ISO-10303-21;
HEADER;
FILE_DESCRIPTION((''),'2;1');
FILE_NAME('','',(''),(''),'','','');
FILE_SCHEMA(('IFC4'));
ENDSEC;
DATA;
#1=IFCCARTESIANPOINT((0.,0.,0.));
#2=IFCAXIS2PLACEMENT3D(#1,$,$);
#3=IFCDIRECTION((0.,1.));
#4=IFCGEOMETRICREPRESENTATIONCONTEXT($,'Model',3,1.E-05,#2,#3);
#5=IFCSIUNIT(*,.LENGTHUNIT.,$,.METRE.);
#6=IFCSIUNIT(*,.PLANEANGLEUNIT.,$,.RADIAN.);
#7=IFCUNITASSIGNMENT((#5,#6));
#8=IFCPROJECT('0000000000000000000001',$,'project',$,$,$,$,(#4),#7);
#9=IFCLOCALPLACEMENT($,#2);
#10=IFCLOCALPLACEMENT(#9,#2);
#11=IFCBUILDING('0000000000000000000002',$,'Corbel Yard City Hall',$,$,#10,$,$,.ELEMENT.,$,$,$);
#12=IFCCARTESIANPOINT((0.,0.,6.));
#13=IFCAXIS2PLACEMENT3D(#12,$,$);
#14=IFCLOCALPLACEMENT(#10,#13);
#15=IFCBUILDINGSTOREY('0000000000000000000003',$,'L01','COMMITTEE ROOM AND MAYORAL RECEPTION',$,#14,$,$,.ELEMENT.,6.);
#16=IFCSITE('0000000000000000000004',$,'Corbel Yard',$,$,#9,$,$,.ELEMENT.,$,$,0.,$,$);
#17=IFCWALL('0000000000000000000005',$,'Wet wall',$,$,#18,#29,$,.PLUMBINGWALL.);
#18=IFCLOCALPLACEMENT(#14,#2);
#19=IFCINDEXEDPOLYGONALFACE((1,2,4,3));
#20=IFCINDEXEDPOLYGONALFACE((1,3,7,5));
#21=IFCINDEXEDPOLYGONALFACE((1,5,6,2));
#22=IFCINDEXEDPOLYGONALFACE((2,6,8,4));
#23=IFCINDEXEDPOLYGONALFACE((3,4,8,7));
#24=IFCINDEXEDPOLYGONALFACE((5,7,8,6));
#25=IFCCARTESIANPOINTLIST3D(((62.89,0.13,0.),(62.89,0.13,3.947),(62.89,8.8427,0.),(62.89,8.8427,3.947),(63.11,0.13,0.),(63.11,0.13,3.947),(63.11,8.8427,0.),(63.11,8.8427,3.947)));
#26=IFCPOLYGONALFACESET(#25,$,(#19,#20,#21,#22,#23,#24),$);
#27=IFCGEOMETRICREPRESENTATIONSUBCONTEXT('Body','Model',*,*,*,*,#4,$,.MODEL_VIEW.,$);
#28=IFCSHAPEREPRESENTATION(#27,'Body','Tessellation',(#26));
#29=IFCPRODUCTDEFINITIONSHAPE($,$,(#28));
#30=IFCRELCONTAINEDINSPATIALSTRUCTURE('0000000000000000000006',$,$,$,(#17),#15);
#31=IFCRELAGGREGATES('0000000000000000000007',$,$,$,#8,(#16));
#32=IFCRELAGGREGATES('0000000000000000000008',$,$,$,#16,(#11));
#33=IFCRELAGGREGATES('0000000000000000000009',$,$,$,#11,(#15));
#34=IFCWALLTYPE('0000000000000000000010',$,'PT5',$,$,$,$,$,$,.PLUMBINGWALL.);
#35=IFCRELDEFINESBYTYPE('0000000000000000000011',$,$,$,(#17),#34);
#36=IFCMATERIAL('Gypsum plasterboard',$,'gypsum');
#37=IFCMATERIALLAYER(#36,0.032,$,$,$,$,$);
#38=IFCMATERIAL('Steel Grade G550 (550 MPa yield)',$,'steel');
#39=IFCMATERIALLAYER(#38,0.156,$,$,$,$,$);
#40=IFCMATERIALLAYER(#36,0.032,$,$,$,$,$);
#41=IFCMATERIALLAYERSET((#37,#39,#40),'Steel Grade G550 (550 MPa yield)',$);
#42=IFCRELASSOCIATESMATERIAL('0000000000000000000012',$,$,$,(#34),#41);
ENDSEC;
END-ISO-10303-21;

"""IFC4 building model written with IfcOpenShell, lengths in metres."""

from ifc_helpers import new_model, si_unit, direction, frame, frame_2d, origin, place, context, subcontext, project, spatial, rectangle, extrude, material, layer, layer_set, type_object, element, save


model = new_model("IFC4")

# Units and contexts
model_context = context("Model", 3, precision=1e-05, world=origin(), true_north=direction((0.0, 1.0)))
body_context = subcontext(model_context, "Body", "Model", "MODEL_VIEW")
ifc_project = project(units=[si_unit("LENGTHUNIT", "METRE"), si_unit("PLANEANGLEUNIT", "RADIAN")], contexts=[model_context])

# Site, building, storey
site_placement = place(None, origin())
site = spatial("IfcSite", under=ifc_project, at=site_placement, Name="Corbel Yard", CompositionType="ELEMENT", RefElevation=0.0)
building_placement = place(site_placement, origin())
building = spatial("IfcBuilding", under=site, at=building_placement, Name="Corbel Yard City Hall", CompositionType="ELEMENT")
storey_placement = place(building_placement, frame((0.0, 0.0, 6.0)))
storey = spatial("IfcBuildingStorey", under=building, at=storey_placement, Name="L01", Description="COMMITTEE ROOM AND MAYORAL RECEPTION", CompositionType="ELEMENT", Elevation=6.0)

# Shared definitions
ifc_material_1 = material(Name="Gypsum plasterboard", Category="gypsum")

# Shared definitions
ifc_material_2 = material(Name="Steel Grade G550 (550 MPa yield)", Category="steel")

# Wall
ifc_layer_1 = layer(ifc_material_1, 0.032)
ifc_layer_2 = layer(ifc_material_2, 0.156)
ifc_layer_3 = layer(ifc_material_1, 0.032)
ifc_layer_set_1 = layer_set([ifc_layer_1, ifc_layer_2, ifc_layer_3], Name="Steel Grade G550 (550 MPa yield)")
wall_type_1 = type_object("IfcWallType", Name="PT5", PredefinedType="PLUMBINGWALL", material=ifc_layer_set_1)
wall_1_placement = place(storey_placement, frame((63.0, 0.1299, 0.0), z_axis=(0.0, 0.0, 1.0), x_axis=(0.0, 1.0, 0.0)))
element("IfcWall", 1, at=wall_1_placement, inside=storey, type_object=wall_type_1, Name="Wet wall", PredefinedType="PLUMBINGWALL", context=body_context, shape_type="SweptSolid", body=[
    extrude(rectangle(XDim=8.7126, YDim=0.22, at=frame_2d((4.3564, 0.0))), origin(), (0.0, 0.0, 1.0), 3.947),
])

save(model, "model.ifc")
